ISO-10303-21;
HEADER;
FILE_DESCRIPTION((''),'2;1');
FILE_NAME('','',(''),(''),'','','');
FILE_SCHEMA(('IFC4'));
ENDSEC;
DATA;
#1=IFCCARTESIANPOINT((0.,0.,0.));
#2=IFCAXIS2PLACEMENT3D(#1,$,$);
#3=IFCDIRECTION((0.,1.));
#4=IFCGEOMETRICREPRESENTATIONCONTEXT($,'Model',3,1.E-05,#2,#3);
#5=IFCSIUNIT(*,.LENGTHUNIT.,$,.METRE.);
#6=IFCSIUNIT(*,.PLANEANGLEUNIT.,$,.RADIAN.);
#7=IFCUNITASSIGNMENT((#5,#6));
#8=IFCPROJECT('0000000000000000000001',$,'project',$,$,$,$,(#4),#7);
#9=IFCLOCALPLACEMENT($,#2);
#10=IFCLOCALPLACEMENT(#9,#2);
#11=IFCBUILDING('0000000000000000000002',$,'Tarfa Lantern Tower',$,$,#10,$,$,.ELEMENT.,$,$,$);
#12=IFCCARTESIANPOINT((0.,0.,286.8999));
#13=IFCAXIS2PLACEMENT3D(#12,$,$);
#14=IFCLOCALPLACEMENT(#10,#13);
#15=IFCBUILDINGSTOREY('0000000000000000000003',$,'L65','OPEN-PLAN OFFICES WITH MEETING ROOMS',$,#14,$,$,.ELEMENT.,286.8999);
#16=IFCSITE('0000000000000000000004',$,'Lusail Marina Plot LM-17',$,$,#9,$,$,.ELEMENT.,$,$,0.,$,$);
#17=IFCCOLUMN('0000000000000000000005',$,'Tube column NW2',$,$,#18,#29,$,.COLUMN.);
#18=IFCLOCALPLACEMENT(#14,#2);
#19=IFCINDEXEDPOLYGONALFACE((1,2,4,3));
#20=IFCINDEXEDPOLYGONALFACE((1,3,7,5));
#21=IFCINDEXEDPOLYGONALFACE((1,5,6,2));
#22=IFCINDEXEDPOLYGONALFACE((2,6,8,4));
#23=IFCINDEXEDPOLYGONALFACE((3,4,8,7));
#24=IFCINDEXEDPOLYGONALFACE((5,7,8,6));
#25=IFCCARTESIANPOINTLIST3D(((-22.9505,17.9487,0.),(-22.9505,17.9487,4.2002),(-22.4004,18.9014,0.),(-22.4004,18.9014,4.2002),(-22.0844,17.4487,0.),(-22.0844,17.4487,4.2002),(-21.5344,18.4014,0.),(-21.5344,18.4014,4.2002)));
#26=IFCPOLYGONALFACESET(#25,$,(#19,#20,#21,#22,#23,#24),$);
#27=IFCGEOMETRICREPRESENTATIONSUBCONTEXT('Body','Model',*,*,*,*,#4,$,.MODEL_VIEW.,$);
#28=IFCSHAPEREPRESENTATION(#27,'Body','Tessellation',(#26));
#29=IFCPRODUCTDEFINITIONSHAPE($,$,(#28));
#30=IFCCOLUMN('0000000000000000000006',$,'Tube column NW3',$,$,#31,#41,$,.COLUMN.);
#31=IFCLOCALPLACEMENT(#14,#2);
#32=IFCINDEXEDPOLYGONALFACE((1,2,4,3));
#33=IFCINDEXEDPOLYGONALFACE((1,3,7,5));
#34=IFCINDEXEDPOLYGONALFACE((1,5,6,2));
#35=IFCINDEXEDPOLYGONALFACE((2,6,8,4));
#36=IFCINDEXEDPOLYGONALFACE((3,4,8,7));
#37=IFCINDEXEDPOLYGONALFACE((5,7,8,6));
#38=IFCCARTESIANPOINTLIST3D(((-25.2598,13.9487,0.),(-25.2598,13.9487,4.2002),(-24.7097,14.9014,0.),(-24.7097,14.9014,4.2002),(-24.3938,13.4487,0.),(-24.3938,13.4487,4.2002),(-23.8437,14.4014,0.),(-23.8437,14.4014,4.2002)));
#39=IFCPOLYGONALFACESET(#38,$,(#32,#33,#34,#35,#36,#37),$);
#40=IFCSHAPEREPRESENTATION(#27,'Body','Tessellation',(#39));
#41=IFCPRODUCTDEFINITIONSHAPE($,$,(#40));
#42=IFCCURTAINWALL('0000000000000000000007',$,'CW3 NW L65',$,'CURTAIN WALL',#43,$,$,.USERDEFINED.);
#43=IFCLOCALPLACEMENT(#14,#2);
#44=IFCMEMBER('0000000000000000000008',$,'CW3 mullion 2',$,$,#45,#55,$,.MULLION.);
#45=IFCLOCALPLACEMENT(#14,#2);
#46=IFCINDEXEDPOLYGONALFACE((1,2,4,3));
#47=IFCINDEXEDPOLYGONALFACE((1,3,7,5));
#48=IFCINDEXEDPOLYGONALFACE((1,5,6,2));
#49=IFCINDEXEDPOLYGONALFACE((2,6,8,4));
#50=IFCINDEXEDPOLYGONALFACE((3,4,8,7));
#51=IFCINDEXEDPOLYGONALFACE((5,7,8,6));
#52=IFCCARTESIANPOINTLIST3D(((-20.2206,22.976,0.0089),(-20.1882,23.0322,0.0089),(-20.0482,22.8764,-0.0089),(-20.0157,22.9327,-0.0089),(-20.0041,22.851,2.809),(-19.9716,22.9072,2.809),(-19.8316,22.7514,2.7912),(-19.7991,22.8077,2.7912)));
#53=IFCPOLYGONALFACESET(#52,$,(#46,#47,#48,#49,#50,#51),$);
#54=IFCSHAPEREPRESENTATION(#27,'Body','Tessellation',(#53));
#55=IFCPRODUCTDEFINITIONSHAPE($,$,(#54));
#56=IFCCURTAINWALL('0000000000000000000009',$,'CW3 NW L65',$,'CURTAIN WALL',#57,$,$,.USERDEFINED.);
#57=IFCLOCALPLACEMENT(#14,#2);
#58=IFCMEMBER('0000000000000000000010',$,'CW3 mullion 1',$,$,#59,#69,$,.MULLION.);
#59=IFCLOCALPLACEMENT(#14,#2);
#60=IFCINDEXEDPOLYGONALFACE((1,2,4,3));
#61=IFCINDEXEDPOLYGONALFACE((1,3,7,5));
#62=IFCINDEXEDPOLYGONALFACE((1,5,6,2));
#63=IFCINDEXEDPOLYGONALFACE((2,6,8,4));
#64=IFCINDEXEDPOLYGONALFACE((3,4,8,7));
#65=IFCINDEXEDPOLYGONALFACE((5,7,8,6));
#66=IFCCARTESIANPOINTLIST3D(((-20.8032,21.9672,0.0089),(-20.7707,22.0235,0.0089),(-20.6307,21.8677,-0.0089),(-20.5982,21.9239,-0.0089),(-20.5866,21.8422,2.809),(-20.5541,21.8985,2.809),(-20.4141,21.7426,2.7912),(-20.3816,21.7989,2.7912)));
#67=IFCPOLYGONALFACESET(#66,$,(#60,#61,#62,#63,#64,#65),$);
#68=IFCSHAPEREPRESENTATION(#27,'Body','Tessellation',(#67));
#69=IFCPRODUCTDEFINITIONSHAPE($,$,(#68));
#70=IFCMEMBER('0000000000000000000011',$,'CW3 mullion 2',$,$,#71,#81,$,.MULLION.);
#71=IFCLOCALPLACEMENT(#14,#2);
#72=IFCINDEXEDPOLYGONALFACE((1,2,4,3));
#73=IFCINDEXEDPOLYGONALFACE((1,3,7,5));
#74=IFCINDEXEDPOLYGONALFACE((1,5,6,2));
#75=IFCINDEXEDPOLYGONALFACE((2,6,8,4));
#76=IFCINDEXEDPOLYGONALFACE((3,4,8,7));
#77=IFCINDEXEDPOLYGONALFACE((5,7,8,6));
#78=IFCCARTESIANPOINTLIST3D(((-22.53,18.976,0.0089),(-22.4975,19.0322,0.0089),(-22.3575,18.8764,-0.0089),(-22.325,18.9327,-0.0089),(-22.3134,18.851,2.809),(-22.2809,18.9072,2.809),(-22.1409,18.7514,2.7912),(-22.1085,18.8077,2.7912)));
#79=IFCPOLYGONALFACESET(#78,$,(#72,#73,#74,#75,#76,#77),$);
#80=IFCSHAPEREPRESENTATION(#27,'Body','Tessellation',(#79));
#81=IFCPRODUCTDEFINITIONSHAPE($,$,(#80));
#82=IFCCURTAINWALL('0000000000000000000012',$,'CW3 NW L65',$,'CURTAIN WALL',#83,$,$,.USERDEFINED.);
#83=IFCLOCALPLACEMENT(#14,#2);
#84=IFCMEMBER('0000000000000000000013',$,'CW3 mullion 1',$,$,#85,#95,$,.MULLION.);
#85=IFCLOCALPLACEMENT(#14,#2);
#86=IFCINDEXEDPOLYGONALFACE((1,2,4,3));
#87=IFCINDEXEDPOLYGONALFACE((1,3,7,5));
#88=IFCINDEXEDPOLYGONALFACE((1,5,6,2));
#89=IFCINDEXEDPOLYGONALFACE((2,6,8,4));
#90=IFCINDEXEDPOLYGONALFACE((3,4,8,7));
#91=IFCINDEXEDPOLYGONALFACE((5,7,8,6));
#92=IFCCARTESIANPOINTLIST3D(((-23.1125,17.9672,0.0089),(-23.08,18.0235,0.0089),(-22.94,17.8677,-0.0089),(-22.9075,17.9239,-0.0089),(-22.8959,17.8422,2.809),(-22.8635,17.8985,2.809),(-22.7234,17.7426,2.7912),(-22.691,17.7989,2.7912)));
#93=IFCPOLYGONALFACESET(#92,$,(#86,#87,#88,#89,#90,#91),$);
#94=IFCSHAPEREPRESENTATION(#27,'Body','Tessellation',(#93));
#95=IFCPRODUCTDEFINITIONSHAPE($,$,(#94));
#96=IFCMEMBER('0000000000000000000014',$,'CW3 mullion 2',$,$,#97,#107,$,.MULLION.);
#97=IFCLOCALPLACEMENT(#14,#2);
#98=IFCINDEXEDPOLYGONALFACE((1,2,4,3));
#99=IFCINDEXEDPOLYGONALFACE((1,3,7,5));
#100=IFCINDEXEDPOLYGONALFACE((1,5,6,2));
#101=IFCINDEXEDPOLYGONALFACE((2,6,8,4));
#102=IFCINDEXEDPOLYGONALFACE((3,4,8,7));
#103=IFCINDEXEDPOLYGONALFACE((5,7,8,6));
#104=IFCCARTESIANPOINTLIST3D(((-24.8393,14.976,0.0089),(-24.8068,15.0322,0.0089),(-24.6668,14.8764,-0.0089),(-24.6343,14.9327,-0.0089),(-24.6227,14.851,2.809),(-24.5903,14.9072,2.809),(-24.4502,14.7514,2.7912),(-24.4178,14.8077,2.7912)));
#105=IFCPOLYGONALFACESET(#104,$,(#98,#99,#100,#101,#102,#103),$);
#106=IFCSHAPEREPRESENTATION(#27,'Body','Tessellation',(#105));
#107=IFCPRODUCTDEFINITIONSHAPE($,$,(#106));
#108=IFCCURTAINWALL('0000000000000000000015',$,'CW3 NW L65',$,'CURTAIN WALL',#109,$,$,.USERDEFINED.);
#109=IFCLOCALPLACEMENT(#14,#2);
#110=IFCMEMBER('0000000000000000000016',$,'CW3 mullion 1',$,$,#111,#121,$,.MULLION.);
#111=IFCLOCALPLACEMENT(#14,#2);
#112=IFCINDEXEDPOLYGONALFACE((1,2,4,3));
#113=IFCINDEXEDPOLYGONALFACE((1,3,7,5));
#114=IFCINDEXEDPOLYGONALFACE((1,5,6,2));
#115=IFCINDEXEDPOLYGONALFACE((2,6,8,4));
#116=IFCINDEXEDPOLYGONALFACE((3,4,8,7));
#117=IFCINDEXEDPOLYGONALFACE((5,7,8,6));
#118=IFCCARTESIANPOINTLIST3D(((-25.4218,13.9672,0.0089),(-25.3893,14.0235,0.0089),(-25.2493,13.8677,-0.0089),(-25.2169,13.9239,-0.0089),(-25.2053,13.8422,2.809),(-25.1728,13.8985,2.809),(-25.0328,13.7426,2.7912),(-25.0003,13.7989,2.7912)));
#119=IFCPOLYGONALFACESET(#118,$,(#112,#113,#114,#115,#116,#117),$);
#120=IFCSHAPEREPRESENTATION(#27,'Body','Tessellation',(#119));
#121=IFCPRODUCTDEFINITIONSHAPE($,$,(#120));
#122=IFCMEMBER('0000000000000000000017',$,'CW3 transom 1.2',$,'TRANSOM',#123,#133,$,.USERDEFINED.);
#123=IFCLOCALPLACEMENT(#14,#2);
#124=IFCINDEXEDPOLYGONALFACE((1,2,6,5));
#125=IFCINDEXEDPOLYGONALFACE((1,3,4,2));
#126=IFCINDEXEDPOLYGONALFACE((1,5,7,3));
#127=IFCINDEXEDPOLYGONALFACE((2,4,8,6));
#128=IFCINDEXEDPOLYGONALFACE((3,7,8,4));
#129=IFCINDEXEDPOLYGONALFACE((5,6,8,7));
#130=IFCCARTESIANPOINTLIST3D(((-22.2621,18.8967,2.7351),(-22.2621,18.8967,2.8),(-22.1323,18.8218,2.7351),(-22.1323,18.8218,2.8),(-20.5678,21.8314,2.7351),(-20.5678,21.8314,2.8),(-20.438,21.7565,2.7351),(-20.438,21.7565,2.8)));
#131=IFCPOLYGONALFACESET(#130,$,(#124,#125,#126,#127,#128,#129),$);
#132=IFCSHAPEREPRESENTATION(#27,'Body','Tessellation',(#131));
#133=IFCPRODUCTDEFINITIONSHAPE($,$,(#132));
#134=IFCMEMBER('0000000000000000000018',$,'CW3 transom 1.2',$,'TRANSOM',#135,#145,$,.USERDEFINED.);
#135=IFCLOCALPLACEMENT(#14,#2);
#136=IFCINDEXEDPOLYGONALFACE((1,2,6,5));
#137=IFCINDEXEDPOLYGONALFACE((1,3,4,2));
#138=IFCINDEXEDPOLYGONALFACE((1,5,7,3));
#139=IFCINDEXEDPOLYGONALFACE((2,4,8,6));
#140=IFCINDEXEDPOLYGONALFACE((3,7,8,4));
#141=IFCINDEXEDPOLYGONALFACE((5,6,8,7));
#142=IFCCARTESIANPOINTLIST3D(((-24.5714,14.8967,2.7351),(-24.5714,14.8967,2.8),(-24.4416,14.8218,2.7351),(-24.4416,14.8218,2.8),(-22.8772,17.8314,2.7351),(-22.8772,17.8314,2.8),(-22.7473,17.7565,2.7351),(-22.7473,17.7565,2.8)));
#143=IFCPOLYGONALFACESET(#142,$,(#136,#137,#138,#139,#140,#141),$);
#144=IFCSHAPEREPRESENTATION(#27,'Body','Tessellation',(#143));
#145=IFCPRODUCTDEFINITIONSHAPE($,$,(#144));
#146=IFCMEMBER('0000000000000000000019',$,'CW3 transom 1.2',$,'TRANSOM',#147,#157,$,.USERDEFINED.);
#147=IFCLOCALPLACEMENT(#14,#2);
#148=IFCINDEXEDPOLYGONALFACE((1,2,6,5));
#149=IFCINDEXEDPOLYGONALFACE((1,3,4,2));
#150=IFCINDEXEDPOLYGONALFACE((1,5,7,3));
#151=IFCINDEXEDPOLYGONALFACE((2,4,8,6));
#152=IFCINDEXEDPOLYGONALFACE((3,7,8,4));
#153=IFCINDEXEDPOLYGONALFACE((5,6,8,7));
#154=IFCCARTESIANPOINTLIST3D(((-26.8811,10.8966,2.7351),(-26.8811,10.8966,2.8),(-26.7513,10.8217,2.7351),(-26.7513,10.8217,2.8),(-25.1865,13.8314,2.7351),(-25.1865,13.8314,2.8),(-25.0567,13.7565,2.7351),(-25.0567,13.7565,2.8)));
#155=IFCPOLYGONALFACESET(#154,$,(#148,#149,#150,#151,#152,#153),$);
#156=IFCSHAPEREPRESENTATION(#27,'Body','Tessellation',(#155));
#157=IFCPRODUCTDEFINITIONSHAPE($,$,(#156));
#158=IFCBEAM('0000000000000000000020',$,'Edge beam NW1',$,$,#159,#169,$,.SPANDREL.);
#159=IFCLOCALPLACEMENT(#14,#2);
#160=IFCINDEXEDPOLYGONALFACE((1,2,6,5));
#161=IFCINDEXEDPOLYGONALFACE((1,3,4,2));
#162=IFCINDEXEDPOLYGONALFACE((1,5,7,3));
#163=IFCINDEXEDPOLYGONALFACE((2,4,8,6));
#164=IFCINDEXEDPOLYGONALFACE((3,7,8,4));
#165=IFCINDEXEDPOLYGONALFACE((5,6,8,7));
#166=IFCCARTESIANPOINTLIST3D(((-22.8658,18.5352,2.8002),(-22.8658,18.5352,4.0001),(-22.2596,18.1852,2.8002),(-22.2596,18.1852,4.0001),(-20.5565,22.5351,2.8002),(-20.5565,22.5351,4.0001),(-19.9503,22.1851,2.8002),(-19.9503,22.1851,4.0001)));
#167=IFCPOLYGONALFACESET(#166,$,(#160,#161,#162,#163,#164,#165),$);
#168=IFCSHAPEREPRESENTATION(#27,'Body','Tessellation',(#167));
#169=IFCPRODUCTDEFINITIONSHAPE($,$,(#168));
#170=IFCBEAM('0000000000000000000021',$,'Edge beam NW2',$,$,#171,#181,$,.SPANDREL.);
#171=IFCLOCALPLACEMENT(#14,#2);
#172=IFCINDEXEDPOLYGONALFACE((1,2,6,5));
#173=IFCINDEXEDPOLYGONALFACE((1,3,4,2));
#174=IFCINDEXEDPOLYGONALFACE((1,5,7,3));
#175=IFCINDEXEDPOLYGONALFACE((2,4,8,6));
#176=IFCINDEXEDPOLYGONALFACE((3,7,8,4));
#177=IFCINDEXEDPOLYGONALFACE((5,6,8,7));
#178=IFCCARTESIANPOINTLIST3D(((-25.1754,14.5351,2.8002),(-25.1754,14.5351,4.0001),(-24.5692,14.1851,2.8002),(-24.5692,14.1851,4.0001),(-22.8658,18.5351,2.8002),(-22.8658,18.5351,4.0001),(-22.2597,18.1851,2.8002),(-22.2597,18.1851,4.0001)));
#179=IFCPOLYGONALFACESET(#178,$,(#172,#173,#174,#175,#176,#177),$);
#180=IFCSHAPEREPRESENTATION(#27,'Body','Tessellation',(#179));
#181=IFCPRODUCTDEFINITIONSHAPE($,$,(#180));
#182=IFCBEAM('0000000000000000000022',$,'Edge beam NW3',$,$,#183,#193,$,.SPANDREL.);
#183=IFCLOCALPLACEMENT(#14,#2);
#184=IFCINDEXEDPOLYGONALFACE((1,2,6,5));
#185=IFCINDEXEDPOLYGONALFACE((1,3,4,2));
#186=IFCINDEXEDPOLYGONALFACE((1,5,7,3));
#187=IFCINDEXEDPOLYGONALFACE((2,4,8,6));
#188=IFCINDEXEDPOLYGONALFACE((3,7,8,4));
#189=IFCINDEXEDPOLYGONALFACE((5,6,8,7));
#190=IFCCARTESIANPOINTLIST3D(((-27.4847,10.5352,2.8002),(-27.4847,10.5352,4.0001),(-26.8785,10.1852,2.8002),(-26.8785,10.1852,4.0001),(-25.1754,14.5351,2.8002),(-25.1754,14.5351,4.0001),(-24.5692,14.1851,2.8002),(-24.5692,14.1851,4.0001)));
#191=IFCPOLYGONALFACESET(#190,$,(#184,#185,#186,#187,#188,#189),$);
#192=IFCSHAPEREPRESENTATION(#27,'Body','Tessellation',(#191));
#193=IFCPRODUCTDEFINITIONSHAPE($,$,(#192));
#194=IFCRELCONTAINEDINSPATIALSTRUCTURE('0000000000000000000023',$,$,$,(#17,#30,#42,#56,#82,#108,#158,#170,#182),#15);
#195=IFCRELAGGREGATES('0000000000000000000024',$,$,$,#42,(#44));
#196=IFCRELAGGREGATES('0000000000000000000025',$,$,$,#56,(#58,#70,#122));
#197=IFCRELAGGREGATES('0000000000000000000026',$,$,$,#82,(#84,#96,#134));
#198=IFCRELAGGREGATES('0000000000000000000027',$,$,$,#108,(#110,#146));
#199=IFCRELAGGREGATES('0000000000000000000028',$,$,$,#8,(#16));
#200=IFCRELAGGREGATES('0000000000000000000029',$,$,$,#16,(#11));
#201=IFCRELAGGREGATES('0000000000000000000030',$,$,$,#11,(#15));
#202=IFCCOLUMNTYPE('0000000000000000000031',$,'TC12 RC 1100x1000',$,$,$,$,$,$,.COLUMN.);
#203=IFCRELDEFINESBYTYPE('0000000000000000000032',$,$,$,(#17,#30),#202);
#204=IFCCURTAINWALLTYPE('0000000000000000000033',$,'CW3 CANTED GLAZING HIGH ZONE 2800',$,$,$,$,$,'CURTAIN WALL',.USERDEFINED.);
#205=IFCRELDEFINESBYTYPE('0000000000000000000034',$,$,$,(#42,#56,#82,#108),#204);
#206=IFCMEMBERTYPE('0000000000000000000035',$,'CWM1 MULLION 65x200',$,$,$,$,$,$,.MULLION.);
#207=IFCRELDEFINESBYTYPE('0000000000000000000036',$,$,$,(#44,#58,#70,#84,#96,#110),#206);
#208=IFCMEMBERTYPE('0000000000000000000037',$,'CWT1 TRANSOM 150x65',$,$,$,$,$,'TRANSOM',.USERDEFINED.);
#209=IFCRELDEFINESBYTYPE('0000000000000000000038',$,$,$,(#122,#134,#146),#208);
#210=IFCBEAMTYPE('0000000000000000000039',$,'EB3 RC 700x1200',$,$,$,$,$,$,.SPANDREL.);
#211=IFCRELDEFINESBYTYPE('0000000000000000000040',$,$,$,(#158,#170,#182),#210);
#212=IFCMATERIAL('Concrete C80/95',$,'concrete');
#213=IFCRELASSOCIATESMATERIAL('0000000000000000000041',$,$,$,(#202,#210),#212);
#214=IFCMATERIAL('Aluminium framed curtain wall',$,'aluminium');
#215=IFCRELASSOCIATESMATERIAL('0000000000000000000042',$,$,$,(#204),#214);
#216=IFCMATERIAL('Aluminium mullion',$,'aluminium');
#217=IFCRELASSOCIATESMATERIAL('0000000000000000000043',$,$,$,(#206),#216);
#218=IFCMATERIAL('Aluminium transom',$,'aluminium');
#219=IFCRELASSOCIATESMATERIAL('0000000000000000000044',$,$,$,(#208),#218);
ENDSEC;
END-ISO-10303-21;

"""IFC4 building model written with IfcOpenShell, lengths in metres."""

from ifc_helpers import new_model, si_unit, direction, frame, origin, origin_2d, place, context, subcontext, project, spatial, rectangle, extrude, material, material_profile, profile_set, type_object, element, aggregate, save


model = new_model("IFC4")

# Units and contexts
model_context = context("Model", 3, precision=1e-05, world=origin(), true_north=direction((0.0, 1.0)))
body_context = subcontext(model_context, "Body", "Model", "MODEL_VIEW")
ifc_project = project(units=[si_unit("LENGTHUNIT", "METRE"), si_unit("PLANEANGLEUNIT", "RADIAN")], contexts=[model_context])

# Site, building, storey
site_placement = place(None, origin())
site = spatial("IfcSite", under=ifc_project, at=site_placement, Name="Lusail Marina Plot LM-17", CompositionType="ELEMENT", RefElevation=0.0)
building_placement = place(site_placement, origin())
building = spatial("IfcBuilding", under=site, at=building_placement, Name="Tarfa Lantern Tower", CompositionType="ELEMENT")
storey_placement = place(building_placement, frame((0.0, 0.0, 286.8999)))
storey = spatial("IfcBuildingStorey", under=building, at=storey_placement, Name="L65", Description="OPEN-PLAN OFFICES WITH MEETING ROOMS", CompositionType="ELEMENT", Elevation=286.8999)

# Columns
ifc_material_1 = material(Name="Concrete C80/95", Category="concrete")
ifc_material_profile_1 = material_profile(ifc_material_1, rectangle(XDim=1.1001, YDim=1.0, at=origin_2d()), Name="RC 1100x1000")
ifc_profile_set_1 = profile_set([ifc_material_profile_1], Name="Concrete C80/95")
column_type = type_object("IfcColumnType", Name="TC12 RC 1100x1000", PredefinedType="COLUMN", material=ifc_profile_set_1)
for number, where, z_axis, x_axis, name in (
    (1, (-22.2424, 18.175, 0.0), (0.0, 0.0, 1.0), (-0.5, -0.866025, 0.0), "Tube column NW2"),
    (2, (-24.5518, 14.175, 0.0), (0.0, 0.0, 1.0), (-0.5, -0.866025, 0.0), "Tube column NW3"),
):
    element("IfcColumn", number, at=place(storey_placement, frame(where, z_axis=z_axis, x_axis=x_axis)), inside=storey, type_object=column_type, Name=name, PredefinedType="COLUMN", context=body_context, shape_type="SweptSolid", body=[
        extrude(rectangle(XDim=1.1001, YDim=1.0, at=origin_2d()), origin(), (0.0, 0.0, 1.0), 4.2002),
    ])

# Curtain wall, member
ifc_material_2 = material(Name="Aluminium framed curtain wall", Category="aluminium")
curtain_wall_type = type_object("IfcCurtainWallType", Name="CW3 CANTED GLAZING HIGH ZONE 2800", ElementType="CURTAIN WALL", PredefinedType="USERDEFINED", material=ifc_material_2)
curtain_wall_1_placement = place(storey_placement, origin())
curtain_wall_1 = element("IfcCurtainWall", 3, at=curtain_wall_1_placement, inside=storey, type_object=curtain_wall_type, Name="CW3 NW L65", ObjectType="CURTAIN WALL", PredefinedType="USERDEFINED")
ifc_material_3 = material(Name="Aluminium mullion", Category="aluminium")
ifc_material_profile_2 = material_profile(ifc_material_3, rectangle(XDim=0.0649, YDim=0.2, at=origin_2d()), Name="AL MULLION 65x200")
ifc_profile_set_2 = profile_set([ifc_material_profile_2], Name="Aluminium mullion")
member_type_1 = type_object("IfcMemberType", Name="CWM1 MULLION 65x200", PredefinedType="MULLION", material=ifc_profile_set_2)
member_1_placement = place(storey_placement, frame((-20.1182, 22.9543, 0.0), z_axis=(0.077032, -0.044465, 0.996037), x_axis=(0.49992, 0.866072, 0.0)))
member_1 = element("IfcMember", 4, at=member_1_placement, type_object=member_type_1, Name="CW3 mullion 2", PredefinedType="MULLION", context=body_context, shape_type="SweptSolid", body=[
    extrude(rectangle(XDim=0.0649, YDim=0.2, at=origin_2d()), origin(), (0.0, 0.0, 1.0), 2.8113),
])
aggregate(curtain_wall_1, [member_1])

# Curtain walls, members
curtain_wall_2_placement = place(storey_placement, origin())
curtain_wall_2 = element("IfcCurtainWall", 5, at=curtain_wall_2_placement, inside=storey, type_object=curtain_wall_type, Name="CW3 NW L65", ObjectType="CURTAIN WALL", PredefinedType="USERDEFINED")
member_2_placement = place(storey_placement, frame((-20.7007, 21.9456, 0.0), z_axis=(0.077032, -0.044465, 0.996037), x_axis=(0.49992, 0.866072, 0.0)))
member_2 = element("IfcMember", 6, at=member_2_placement, type_object=member_type_1, Name="CW3 mullion 1", PredefinedType="MULLION", context=body_context, shape_type="SweptSolid", body=[
    extrude(rectangle(XDim=0.0649, YDim=0.2, at=origin_2d()), origin(), (0.0, 0.0, 1.0), 2.8113),
])
member_3_placement = place(storey_placement, frame((-22.4275, 18.9543, 0.0), z_axis=(0.077032, -0.044465, 0.996037), x_axis=(0.49992, 0.866072, 0.0)))
member_3 = element("IfcMember", 7, at=member_3_placement, type_object=member_type_1, Name="CW3 mullion 2", PredefinedType="MULLION", context=body_context, shape_type="SweptSolid", body=[
    extrude(rectangle(XDim=0.0649, YDim=0.2, at=origin_2d()), origin(), (0.0, 0.0, 1.0), 2.8113),
])
curtain_wall_3_placement = place(storey_placement, origin())
curtain_wall_3 = element("IfcCurtainWall", 8, at=curtain_wall_3_placement, inside=storey, type_object=curtain_wall_type, Name="CW3 NW L65", ObjectType="CURTAIN WALL", PredefinedType="USERDEFINED")
member_4_placement = place(storey_placement, frame((-23.01, 17.9456, 0.0), z_axis=(0.077032, -0.044465, 0.996037), x_axis=(0.49992, 0.866072, 0.0)))
member_4 = element("IfcMember", 9, at=member_4_placement, type_object=member_type_1, Name="CW3 mullion 1", PredefinedType="MULLION", context=body_context, shape_type="SweptSolid", body=[
    extrude(rectangle(XDim=0.0649, YDim=0.2, at=origin_2d()), origin(), (0.0, 0.0, 1.0), 2.8113),
])
member_5_placement = place(storey_placement, frame((-24.7368, 14.9543, 0.0), z_axis=(0.077032, -0.044465, 0.996037), x_axis=(0.49992, 0.866072, 0.0)))
member_5 = element("IfcMember", 10, at=member_5_placement, type_object=member_type_1, Name="CW3 mullion 2", PredefinedType="MULLION", context=body_context, shape_type="SweptSolid", body=[
    extrude(rectangle(XDim=0.0649, YDim=0.2, at=origin_2d()), origin(), (0.0, 0.0, 1.0), 2.8113),
])

# Curtain wall, member
curtain_wall_4_placement = place(storey_placement, origin())
curtain_wall_4 = element("IfcCurtainWall", 11, at=curtain_wall_4_placement, inside=storey, type_object=curtain_wall_type, Name="CW3 NW L65", ObjectType="CURTAIN WALL", PredefinedType="USERDEFINED")
member_6_placement = place(storey_placement, frame((-25.3193, 13.9456, 0.0), z_axis=(0.077032, -0.044465, 0.996037), x_axis=(0.49992, 0.866072, 0.0)))
member_6 = element("IfcMember", 12, at=member_6_placement, type_object=member_type_1, Name="CW3 mullion 1", PredefinedType="MULLION", context=body_context, shape_type="SweptSolid", body=[
    extrude(rectangle(XDim=0.0649, YDim=0.2, at=origin_2d()), origin(), (0.0, 0.0, 1.0), 2.8113),
])

# Members
ifc_material_4 = material(Name="Aluminium transom", Category="aluminium")
ifc_material_profile_3 = material_profile(ifc_material_4, rectangle(XDim=0.1499, YDim=0.0649, at=origin_2d()), Name="AL TRANSOM 150x65")
ifc_profile_set_3 = profile_set([ifc_material_profile_3], Name="Aluminium transom")
member_type_2 = type_object("IfcMemberType", Name="CWT1 TRANSOM 150x65", ElementType="TRANSOM", PredefinedType="USERDEFINED", material=ifc_profile_set_3)
member_7_placement = place(storey_placement, frame((-20.5029, 21.7939, 2.7676), z_axis=(-0.499982, -0.866036, 0.0), x_axis=(0.866036, -0.499982, 0.0)))
member_7 = element("IfcMember", 13, at=member_7_placement, type_object=member_type_2, Name="CW3 transom 1.2", ObjectType="TRANSOM", PredefinedType="USERDEFINED", context=body_context, shape_type="SweptSolid", body=[
    extrude(rectangle(XDim=0.1499, YDim=0.0649, at=origin_2d()), origin(), (0.0, 0.0, 1.0), 3.3887),
])
member_8_placement = place(storey_placement, frame((-22.8123, 17.7939, 2.7676), z_axis=(-0.499982, -0.866036, 0.0), x_axis=(0.866036, -0.499982, 0.0)))
member_8 = element("IfcMember", 14, at=member_8_placement, type_object=member_type_2, Name="CW3 transom 1.2", ObjectType="TRANSOM", PredefinedType="USERDEFINED", context=body_context, shape_type="SweptSolid", body=[
    extrude(rectangle(XDim=0.1499, YDim=0.0649, at=origin_2d()), origin(), (0.0, 0.0, 1.0), 3.3887),
])
member_9_placement = place(storey_placement, frame((-25.1216, 13.7939, 2.7676), z_axis=(-0.500036, -0.866004, 0.0), x_axis=(0.866004, -0.500036, 0.0)))
member_9 = element("IfcMember", 15, at=member_9_placement, type_object=member_type_2, Name="CW3 transom 1.2", ObjectType="TRANSOM", PredefinedType="USERDEFINED", context=body_context, shape_type="SweptSolid", body=[
    extrude(rectangle(XDim=0.1499, YDim=0.0649, at=origin_2d()), origin(), (0.0, 0.0, 1.0), 3.3889),
])

# Beams
ifc_material_profile_4 = material_profile(ifc_material_1, rectangle(XDim=0.7, YDim=1.2, at=origin_2d()), Name="RC 700x1200")
ifc_profile_set_4 = profile_set([ifc_material_profile_4], Name="Concrete C80/95")
beam_type_1 = type_object("IfcBeamType", Name="EB3 RC 700x1200", PredefinedType="SPANDREL", material=ifc_profile_set_4)
beam_1_placement = place(storey_placement, frame((-20.2534, 22.3601, 3.4001), z_axis=(-0.499988, -0.866032, 0.0), x_axis=(0.866032, -0.499988, 0.0)))
element("IfcBeam", 16, at=beam_1_placement, inside=storey, type_object=beam_type_1, Name="Edge beam NW1", PredefinedType="SPANDREL", context=body_context, shape_type="SweptSolid", body=[
    extrude(rectangle(XDim=0.7, YDim=1.2, at=origin_2d()), origin(), (0.0, 0.0, 1.0), 4.6187),
])
beam_2_placement = place(storey_placement, frame((-22.5627, 18.3601, 3.4001), z_axis=(-0.500027, -0.86601, 0.0), x_axis=(0.86601, -0.500027, 0.0)))
element("IfcBeam", 17, at=beam_2_placement, inside=storey, type_object=beam_type_1, Name="Edge beam NW2", PredefinedType="SPANDREL", context=body_context, shape_type="SweptSolid", body=[
    extrude(rectangle(XDim=0.7, YDim=1.2, at=origin_2d()), origin(), (0.0, 0.0, 1.0), 4.6189),
])
beam_3_placement = place(storey_placement, frame((-24.8723, 14.3601, 3.4001), z_axis=(-0.499988, -0.866032, 0.0), x_axis=(0.866032, -0.499988, 0.0)))
element("IfcBeam", 18, at=beam_3_placement, inside=storey, type_object=beam_type_1, Name="Edge beam NW3", PredefinedType="SPANDREL", context=body_context, shape_type="SweptSolid", body=[
    extrude(rectangle(XDim=0.7, YDim=1.2, at=origin_2d()), origin(), (0.0, 0.0, 1.0), 4.6187),
])

aggregate(curtain_wall_2, [member_2, member_3, member_7])
aggregate(curtain_wall_3, [member_4, member_5, member_8])
aggregate(curtain_wall_4, [member_6, member_9])

save(model, "model.ifc")
